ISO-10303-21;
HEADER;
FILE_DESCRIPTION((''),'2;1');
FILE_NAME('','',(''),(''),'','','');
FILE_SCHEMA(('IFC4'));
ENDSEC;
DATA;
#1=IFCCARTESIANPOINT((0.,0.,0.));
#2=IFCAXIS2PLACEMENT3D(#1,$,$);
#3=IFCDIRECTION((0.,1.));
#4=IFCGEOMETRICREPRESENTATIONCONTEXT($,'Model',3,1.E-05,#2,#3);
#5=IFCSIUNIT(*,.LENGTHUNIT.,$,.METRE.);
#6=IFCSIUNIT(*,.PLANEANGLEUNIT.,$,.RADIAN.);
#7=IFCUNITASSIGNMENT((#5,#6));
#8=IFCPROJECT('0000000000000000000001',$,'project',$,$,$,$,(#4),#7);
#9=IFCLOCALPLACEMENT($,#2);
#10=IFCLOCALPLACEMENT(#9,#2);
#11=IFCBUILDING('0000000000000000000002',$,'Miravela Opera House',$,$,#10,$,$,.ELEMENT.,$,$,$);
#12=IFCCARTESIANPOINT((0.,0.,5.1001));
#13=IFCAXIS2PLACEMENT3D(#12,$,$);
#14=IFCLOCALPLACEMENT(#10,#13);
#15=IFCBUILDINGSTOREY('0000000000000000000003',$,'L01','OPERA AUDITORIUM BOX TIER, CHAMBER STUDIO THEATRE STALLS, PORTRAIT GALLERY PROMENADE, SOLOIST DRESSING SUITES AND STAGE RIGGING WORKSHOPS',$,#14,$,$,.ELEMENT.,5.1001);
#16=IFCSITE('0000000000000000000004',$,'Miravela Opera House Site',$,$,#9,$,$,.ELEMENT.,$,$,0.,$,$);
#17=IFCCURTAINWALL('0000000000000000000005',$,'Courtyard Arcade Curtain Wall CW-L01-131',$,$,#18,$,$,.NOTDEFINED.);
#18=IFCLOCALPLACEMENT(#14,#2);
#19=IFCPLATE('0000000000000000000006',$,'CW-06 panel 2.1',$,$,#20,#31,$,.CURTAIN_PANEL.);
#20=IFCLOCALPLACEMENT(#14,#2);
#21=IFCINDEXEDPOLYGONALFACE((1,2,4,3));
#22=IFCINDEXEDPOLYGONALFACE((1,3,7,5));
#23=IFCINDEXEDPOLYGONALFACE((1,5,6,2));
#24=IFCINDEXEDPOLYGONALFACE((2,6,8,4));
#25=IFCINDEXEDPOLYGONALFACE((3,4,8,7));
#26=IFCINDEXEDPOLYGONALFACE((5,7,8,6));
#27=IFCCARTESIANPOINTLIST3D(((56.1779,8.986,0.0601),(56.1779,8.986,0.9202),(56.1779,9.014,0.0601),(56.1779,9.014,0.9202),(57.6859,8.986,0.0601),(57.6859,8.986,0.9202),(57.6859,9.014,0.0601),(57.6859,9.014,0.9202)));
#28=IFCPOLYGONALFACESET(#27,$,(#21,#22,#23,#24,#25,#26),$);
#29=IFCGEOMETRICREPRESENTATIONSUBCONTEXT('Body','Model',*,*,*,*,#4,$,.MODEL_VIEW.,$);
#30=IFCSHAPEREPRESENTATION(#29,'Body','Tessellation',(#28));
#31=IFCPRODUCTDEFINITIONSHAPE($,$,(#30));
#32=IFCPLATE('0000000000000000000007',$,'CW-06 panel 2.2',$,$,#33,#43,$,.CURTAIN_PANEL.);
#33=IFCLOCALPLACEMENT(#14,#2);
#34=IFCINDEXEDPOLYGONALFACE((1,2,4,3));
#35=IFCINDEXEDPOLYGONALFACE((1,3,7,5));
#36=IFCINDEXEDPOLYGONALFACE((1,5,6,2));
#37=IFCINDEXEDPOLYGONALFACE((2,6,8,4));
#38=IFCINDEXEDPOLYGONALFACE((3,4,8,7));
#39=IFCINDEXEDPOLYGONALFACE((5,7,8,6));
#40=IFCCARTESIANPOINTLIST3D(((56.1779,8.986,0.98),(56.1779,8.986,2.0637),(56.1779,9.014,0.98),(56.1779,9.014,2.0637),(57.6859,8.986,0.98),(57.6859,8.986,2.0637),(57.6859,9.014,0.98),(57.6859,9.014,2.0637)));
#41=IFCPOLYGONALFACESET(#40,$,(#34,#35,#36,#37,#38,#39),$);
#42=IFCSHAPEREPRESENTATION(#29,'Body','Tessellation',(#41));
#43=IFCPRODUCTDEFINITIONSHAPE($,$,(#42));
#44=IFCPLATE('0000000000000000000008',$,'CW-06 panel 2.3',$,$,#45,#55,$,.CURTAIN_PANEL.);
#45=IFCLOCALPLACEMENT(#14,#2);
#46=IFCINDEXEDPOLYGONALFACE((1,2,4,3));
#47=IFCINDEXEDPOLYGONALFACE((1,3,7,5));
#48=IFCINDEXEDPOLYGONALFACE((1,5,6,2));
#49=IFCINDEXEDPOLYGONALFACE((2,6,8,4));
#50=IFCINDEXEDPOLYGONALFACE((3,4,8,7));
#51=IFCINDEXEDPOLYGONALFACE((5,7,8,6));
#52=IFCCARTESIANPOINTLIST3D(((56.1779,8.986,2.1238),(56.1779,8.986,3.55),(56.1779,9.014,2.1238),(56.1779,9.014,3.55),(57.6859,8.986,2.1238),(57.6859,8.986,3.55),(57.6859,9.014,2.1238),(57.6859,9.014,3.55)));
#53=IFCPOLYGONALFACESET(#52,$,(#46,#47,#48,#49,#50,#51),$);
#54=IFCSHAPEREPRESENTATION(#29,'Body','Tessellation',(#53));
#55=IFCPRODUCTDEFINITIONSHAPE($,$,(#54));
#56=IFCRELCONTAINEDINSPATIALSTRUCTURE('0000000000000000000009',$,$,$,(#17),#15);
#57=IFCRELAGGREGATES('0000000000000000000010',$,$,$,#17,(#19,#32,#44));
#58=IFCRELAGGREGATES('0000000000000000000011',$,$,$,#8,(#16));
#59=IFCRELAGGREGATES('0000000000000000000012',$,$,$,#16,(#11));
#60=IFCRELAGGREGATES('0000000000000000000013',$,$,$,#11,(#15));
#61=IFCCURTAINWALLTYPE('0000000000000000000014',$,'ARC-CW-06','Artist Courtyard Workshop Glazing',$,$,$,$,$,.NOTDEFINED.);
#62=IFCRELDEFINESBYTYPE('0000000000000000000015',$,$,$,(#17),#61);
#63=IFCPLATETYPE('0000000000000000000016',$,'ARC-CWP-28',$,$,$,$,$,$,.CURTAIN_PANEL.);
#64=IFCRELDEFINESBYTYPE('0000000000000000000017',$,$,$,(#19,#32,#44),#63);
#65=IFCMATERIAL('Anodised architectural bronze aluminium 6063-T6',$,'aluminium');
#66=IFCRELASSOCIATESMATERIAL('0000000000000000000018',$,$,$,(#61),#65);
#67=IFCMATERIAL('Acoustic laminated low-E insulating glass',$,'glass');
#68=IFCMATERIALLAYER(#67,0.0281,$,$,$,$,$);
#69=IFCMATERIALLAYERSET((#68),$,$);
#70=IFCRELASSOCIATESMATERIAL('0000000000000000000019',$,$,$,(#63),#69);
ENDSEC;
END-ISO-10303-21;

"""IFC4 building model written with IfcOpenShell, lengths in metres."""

from ifc_helpers import new_model, si_unit, direction, frame, origin, origin_2d, place, context, subcontext, project, spatial, rectangle, extrude, material, layer, layer_set, type_object, element, aggregate, save


model = new_model("IFC4")

# Units and contexts
model_context = context("Model", 3, precision=1e-05, world=origin(), true_north=direction((0.0, 1.0)))
body_context = subcontext(model_context, "Body", "Model", "MODEL_VIEW")
ifc_project = project(units=[si_unit("LENGTHUNIT", "METRE"), si_unit("PLANEANGLEUNIT", "RADIAN")], contexts=[model_context])

# Site, building, storey
site_placement = place(None, origin())
site = spatial("IfcSite", under=ifc_project, at=site_placement, Name="Miravela Opera House Site", CompositionType="ELEMENT", RefElevation=0.0)
building_placement = place(site_placement, origin())
building = spatial("IfcBuilding", under=site, at=building_placement, Name="Miravela Opera House", CompositionType="ELEMENT")
storey_placement = place(building_placement, frame((0.0, 0.0, 5.1001)))
storey = spatial("IfcBuildingStorey", under=building, at=storey_placement, Name="L01", Description="OPERA AUDITORIUM BOX TIER, CHAMBER STUDIO THEATRE STALLS, PORTRAIT GALLERY PROMENADE, SOLOIST DRESSING SUITES AND STAGE RIGGING WORKSHOPS", CompositionType="ELEMENT", Elevation=5.1001)

# Shared definitions
ifc_material_1 = material(Name="Anodised architectural bronze aluminium 6063-T6", Category="aluminium")
curtain_wall_type = type_object("IfcCurtainWallType", Name="ARC-CW-06", Description="Artist Courtyard Workshop Glazing", PredefinedType="NOTDEFINED", material=ifc_material_1)

# Curtain wall
curtain_wall_1_placement = place(storey_placement, origin())
curtain_wall_1 = element("IfcCurtainWall", 1, at=curtain_wall_1_placement, inside=storey, type_object=curtain_wall_type, Name="Courtyard Arcade Curtain Wall CW-L01-131", PredefinedType="NOTDEFINED")

# Plates
ifc_material_2 = material(Name="Acoustic laminated low-E insulating glass", Category="glass")
ifc_layer = layer(ifc_material_2, 0.0281)
ifc_layer_set = layer_set([ifc_layer])
plate_type = type_object("IfcPlateType", Name="ARC-CWP-28", PredefinedType="CURTAIN_PANEL", material=ifc_layer_set)
plate_1_placement = place(storey_placement, frame((56.9319, 9.0, 0.0601), z_axis=(0.0, 0.0, 1.0), x_axis=(1.0, 0.0, 0.0)))
plate_1 = element("IfcPlate", 2, at=plate_1_placement, type_object=plate_type, Name="CW-06 panel 2.1", PredefinedType="CURTAIN_PANEL", context=body_context, shape_type="SweptSolid", body=[
    extrude(rectangle(XDim=1.5081, YDim=0.0281, at=origin_2d()), origin(), (0.0, 0.0, 1.0), 0.8601),
])
plate_2_placement = place(storey_placement, frame((56.9319, 9.0, 0.98), z_axis=(0.0, 0.0, 1.0), x_axis=(1.0, 0.0, 0.0)))
plate_2 = element("IfcPlate", 3, at=plate_2_placement, type_object=plate_type, Name="CW-06 panel 2.2", PredefinedType="CURTAIN_PANEL", context=body_context, shape_type="SweptSolid", body=[
    extrude(rectangle(XDim=1.5081, YDim=0.0281, at=origin_2d()), origin(), (0.0, 0.0, 1.0), 1.0837),
])
plate_3_placement = place(storey_placement, frame((56.9319, 9.0, 2.1238), z_axis=(0.0, 0.0, 1.0), x_axis=(1.0, 0.0, 0.0)))
plate_3 = element("IfcPlate", 4, at=plate_3_placement, type_object=plate_type, Name="CW-06 panel 2.3", PredefinedType="CURTAIN_PANEL", context=body_context, shape_type="SweptSolid", body=[
    extrude(rectangle(XDim=1.5081, YDim=0.0281, at=origin_2d()), origin(), (0.0, 0.0, 1.0), 1.4263),
])
aggregate(curtain_wall_1, [plate_1, plate_2, plate_3])

save(model, "model.ifc")
